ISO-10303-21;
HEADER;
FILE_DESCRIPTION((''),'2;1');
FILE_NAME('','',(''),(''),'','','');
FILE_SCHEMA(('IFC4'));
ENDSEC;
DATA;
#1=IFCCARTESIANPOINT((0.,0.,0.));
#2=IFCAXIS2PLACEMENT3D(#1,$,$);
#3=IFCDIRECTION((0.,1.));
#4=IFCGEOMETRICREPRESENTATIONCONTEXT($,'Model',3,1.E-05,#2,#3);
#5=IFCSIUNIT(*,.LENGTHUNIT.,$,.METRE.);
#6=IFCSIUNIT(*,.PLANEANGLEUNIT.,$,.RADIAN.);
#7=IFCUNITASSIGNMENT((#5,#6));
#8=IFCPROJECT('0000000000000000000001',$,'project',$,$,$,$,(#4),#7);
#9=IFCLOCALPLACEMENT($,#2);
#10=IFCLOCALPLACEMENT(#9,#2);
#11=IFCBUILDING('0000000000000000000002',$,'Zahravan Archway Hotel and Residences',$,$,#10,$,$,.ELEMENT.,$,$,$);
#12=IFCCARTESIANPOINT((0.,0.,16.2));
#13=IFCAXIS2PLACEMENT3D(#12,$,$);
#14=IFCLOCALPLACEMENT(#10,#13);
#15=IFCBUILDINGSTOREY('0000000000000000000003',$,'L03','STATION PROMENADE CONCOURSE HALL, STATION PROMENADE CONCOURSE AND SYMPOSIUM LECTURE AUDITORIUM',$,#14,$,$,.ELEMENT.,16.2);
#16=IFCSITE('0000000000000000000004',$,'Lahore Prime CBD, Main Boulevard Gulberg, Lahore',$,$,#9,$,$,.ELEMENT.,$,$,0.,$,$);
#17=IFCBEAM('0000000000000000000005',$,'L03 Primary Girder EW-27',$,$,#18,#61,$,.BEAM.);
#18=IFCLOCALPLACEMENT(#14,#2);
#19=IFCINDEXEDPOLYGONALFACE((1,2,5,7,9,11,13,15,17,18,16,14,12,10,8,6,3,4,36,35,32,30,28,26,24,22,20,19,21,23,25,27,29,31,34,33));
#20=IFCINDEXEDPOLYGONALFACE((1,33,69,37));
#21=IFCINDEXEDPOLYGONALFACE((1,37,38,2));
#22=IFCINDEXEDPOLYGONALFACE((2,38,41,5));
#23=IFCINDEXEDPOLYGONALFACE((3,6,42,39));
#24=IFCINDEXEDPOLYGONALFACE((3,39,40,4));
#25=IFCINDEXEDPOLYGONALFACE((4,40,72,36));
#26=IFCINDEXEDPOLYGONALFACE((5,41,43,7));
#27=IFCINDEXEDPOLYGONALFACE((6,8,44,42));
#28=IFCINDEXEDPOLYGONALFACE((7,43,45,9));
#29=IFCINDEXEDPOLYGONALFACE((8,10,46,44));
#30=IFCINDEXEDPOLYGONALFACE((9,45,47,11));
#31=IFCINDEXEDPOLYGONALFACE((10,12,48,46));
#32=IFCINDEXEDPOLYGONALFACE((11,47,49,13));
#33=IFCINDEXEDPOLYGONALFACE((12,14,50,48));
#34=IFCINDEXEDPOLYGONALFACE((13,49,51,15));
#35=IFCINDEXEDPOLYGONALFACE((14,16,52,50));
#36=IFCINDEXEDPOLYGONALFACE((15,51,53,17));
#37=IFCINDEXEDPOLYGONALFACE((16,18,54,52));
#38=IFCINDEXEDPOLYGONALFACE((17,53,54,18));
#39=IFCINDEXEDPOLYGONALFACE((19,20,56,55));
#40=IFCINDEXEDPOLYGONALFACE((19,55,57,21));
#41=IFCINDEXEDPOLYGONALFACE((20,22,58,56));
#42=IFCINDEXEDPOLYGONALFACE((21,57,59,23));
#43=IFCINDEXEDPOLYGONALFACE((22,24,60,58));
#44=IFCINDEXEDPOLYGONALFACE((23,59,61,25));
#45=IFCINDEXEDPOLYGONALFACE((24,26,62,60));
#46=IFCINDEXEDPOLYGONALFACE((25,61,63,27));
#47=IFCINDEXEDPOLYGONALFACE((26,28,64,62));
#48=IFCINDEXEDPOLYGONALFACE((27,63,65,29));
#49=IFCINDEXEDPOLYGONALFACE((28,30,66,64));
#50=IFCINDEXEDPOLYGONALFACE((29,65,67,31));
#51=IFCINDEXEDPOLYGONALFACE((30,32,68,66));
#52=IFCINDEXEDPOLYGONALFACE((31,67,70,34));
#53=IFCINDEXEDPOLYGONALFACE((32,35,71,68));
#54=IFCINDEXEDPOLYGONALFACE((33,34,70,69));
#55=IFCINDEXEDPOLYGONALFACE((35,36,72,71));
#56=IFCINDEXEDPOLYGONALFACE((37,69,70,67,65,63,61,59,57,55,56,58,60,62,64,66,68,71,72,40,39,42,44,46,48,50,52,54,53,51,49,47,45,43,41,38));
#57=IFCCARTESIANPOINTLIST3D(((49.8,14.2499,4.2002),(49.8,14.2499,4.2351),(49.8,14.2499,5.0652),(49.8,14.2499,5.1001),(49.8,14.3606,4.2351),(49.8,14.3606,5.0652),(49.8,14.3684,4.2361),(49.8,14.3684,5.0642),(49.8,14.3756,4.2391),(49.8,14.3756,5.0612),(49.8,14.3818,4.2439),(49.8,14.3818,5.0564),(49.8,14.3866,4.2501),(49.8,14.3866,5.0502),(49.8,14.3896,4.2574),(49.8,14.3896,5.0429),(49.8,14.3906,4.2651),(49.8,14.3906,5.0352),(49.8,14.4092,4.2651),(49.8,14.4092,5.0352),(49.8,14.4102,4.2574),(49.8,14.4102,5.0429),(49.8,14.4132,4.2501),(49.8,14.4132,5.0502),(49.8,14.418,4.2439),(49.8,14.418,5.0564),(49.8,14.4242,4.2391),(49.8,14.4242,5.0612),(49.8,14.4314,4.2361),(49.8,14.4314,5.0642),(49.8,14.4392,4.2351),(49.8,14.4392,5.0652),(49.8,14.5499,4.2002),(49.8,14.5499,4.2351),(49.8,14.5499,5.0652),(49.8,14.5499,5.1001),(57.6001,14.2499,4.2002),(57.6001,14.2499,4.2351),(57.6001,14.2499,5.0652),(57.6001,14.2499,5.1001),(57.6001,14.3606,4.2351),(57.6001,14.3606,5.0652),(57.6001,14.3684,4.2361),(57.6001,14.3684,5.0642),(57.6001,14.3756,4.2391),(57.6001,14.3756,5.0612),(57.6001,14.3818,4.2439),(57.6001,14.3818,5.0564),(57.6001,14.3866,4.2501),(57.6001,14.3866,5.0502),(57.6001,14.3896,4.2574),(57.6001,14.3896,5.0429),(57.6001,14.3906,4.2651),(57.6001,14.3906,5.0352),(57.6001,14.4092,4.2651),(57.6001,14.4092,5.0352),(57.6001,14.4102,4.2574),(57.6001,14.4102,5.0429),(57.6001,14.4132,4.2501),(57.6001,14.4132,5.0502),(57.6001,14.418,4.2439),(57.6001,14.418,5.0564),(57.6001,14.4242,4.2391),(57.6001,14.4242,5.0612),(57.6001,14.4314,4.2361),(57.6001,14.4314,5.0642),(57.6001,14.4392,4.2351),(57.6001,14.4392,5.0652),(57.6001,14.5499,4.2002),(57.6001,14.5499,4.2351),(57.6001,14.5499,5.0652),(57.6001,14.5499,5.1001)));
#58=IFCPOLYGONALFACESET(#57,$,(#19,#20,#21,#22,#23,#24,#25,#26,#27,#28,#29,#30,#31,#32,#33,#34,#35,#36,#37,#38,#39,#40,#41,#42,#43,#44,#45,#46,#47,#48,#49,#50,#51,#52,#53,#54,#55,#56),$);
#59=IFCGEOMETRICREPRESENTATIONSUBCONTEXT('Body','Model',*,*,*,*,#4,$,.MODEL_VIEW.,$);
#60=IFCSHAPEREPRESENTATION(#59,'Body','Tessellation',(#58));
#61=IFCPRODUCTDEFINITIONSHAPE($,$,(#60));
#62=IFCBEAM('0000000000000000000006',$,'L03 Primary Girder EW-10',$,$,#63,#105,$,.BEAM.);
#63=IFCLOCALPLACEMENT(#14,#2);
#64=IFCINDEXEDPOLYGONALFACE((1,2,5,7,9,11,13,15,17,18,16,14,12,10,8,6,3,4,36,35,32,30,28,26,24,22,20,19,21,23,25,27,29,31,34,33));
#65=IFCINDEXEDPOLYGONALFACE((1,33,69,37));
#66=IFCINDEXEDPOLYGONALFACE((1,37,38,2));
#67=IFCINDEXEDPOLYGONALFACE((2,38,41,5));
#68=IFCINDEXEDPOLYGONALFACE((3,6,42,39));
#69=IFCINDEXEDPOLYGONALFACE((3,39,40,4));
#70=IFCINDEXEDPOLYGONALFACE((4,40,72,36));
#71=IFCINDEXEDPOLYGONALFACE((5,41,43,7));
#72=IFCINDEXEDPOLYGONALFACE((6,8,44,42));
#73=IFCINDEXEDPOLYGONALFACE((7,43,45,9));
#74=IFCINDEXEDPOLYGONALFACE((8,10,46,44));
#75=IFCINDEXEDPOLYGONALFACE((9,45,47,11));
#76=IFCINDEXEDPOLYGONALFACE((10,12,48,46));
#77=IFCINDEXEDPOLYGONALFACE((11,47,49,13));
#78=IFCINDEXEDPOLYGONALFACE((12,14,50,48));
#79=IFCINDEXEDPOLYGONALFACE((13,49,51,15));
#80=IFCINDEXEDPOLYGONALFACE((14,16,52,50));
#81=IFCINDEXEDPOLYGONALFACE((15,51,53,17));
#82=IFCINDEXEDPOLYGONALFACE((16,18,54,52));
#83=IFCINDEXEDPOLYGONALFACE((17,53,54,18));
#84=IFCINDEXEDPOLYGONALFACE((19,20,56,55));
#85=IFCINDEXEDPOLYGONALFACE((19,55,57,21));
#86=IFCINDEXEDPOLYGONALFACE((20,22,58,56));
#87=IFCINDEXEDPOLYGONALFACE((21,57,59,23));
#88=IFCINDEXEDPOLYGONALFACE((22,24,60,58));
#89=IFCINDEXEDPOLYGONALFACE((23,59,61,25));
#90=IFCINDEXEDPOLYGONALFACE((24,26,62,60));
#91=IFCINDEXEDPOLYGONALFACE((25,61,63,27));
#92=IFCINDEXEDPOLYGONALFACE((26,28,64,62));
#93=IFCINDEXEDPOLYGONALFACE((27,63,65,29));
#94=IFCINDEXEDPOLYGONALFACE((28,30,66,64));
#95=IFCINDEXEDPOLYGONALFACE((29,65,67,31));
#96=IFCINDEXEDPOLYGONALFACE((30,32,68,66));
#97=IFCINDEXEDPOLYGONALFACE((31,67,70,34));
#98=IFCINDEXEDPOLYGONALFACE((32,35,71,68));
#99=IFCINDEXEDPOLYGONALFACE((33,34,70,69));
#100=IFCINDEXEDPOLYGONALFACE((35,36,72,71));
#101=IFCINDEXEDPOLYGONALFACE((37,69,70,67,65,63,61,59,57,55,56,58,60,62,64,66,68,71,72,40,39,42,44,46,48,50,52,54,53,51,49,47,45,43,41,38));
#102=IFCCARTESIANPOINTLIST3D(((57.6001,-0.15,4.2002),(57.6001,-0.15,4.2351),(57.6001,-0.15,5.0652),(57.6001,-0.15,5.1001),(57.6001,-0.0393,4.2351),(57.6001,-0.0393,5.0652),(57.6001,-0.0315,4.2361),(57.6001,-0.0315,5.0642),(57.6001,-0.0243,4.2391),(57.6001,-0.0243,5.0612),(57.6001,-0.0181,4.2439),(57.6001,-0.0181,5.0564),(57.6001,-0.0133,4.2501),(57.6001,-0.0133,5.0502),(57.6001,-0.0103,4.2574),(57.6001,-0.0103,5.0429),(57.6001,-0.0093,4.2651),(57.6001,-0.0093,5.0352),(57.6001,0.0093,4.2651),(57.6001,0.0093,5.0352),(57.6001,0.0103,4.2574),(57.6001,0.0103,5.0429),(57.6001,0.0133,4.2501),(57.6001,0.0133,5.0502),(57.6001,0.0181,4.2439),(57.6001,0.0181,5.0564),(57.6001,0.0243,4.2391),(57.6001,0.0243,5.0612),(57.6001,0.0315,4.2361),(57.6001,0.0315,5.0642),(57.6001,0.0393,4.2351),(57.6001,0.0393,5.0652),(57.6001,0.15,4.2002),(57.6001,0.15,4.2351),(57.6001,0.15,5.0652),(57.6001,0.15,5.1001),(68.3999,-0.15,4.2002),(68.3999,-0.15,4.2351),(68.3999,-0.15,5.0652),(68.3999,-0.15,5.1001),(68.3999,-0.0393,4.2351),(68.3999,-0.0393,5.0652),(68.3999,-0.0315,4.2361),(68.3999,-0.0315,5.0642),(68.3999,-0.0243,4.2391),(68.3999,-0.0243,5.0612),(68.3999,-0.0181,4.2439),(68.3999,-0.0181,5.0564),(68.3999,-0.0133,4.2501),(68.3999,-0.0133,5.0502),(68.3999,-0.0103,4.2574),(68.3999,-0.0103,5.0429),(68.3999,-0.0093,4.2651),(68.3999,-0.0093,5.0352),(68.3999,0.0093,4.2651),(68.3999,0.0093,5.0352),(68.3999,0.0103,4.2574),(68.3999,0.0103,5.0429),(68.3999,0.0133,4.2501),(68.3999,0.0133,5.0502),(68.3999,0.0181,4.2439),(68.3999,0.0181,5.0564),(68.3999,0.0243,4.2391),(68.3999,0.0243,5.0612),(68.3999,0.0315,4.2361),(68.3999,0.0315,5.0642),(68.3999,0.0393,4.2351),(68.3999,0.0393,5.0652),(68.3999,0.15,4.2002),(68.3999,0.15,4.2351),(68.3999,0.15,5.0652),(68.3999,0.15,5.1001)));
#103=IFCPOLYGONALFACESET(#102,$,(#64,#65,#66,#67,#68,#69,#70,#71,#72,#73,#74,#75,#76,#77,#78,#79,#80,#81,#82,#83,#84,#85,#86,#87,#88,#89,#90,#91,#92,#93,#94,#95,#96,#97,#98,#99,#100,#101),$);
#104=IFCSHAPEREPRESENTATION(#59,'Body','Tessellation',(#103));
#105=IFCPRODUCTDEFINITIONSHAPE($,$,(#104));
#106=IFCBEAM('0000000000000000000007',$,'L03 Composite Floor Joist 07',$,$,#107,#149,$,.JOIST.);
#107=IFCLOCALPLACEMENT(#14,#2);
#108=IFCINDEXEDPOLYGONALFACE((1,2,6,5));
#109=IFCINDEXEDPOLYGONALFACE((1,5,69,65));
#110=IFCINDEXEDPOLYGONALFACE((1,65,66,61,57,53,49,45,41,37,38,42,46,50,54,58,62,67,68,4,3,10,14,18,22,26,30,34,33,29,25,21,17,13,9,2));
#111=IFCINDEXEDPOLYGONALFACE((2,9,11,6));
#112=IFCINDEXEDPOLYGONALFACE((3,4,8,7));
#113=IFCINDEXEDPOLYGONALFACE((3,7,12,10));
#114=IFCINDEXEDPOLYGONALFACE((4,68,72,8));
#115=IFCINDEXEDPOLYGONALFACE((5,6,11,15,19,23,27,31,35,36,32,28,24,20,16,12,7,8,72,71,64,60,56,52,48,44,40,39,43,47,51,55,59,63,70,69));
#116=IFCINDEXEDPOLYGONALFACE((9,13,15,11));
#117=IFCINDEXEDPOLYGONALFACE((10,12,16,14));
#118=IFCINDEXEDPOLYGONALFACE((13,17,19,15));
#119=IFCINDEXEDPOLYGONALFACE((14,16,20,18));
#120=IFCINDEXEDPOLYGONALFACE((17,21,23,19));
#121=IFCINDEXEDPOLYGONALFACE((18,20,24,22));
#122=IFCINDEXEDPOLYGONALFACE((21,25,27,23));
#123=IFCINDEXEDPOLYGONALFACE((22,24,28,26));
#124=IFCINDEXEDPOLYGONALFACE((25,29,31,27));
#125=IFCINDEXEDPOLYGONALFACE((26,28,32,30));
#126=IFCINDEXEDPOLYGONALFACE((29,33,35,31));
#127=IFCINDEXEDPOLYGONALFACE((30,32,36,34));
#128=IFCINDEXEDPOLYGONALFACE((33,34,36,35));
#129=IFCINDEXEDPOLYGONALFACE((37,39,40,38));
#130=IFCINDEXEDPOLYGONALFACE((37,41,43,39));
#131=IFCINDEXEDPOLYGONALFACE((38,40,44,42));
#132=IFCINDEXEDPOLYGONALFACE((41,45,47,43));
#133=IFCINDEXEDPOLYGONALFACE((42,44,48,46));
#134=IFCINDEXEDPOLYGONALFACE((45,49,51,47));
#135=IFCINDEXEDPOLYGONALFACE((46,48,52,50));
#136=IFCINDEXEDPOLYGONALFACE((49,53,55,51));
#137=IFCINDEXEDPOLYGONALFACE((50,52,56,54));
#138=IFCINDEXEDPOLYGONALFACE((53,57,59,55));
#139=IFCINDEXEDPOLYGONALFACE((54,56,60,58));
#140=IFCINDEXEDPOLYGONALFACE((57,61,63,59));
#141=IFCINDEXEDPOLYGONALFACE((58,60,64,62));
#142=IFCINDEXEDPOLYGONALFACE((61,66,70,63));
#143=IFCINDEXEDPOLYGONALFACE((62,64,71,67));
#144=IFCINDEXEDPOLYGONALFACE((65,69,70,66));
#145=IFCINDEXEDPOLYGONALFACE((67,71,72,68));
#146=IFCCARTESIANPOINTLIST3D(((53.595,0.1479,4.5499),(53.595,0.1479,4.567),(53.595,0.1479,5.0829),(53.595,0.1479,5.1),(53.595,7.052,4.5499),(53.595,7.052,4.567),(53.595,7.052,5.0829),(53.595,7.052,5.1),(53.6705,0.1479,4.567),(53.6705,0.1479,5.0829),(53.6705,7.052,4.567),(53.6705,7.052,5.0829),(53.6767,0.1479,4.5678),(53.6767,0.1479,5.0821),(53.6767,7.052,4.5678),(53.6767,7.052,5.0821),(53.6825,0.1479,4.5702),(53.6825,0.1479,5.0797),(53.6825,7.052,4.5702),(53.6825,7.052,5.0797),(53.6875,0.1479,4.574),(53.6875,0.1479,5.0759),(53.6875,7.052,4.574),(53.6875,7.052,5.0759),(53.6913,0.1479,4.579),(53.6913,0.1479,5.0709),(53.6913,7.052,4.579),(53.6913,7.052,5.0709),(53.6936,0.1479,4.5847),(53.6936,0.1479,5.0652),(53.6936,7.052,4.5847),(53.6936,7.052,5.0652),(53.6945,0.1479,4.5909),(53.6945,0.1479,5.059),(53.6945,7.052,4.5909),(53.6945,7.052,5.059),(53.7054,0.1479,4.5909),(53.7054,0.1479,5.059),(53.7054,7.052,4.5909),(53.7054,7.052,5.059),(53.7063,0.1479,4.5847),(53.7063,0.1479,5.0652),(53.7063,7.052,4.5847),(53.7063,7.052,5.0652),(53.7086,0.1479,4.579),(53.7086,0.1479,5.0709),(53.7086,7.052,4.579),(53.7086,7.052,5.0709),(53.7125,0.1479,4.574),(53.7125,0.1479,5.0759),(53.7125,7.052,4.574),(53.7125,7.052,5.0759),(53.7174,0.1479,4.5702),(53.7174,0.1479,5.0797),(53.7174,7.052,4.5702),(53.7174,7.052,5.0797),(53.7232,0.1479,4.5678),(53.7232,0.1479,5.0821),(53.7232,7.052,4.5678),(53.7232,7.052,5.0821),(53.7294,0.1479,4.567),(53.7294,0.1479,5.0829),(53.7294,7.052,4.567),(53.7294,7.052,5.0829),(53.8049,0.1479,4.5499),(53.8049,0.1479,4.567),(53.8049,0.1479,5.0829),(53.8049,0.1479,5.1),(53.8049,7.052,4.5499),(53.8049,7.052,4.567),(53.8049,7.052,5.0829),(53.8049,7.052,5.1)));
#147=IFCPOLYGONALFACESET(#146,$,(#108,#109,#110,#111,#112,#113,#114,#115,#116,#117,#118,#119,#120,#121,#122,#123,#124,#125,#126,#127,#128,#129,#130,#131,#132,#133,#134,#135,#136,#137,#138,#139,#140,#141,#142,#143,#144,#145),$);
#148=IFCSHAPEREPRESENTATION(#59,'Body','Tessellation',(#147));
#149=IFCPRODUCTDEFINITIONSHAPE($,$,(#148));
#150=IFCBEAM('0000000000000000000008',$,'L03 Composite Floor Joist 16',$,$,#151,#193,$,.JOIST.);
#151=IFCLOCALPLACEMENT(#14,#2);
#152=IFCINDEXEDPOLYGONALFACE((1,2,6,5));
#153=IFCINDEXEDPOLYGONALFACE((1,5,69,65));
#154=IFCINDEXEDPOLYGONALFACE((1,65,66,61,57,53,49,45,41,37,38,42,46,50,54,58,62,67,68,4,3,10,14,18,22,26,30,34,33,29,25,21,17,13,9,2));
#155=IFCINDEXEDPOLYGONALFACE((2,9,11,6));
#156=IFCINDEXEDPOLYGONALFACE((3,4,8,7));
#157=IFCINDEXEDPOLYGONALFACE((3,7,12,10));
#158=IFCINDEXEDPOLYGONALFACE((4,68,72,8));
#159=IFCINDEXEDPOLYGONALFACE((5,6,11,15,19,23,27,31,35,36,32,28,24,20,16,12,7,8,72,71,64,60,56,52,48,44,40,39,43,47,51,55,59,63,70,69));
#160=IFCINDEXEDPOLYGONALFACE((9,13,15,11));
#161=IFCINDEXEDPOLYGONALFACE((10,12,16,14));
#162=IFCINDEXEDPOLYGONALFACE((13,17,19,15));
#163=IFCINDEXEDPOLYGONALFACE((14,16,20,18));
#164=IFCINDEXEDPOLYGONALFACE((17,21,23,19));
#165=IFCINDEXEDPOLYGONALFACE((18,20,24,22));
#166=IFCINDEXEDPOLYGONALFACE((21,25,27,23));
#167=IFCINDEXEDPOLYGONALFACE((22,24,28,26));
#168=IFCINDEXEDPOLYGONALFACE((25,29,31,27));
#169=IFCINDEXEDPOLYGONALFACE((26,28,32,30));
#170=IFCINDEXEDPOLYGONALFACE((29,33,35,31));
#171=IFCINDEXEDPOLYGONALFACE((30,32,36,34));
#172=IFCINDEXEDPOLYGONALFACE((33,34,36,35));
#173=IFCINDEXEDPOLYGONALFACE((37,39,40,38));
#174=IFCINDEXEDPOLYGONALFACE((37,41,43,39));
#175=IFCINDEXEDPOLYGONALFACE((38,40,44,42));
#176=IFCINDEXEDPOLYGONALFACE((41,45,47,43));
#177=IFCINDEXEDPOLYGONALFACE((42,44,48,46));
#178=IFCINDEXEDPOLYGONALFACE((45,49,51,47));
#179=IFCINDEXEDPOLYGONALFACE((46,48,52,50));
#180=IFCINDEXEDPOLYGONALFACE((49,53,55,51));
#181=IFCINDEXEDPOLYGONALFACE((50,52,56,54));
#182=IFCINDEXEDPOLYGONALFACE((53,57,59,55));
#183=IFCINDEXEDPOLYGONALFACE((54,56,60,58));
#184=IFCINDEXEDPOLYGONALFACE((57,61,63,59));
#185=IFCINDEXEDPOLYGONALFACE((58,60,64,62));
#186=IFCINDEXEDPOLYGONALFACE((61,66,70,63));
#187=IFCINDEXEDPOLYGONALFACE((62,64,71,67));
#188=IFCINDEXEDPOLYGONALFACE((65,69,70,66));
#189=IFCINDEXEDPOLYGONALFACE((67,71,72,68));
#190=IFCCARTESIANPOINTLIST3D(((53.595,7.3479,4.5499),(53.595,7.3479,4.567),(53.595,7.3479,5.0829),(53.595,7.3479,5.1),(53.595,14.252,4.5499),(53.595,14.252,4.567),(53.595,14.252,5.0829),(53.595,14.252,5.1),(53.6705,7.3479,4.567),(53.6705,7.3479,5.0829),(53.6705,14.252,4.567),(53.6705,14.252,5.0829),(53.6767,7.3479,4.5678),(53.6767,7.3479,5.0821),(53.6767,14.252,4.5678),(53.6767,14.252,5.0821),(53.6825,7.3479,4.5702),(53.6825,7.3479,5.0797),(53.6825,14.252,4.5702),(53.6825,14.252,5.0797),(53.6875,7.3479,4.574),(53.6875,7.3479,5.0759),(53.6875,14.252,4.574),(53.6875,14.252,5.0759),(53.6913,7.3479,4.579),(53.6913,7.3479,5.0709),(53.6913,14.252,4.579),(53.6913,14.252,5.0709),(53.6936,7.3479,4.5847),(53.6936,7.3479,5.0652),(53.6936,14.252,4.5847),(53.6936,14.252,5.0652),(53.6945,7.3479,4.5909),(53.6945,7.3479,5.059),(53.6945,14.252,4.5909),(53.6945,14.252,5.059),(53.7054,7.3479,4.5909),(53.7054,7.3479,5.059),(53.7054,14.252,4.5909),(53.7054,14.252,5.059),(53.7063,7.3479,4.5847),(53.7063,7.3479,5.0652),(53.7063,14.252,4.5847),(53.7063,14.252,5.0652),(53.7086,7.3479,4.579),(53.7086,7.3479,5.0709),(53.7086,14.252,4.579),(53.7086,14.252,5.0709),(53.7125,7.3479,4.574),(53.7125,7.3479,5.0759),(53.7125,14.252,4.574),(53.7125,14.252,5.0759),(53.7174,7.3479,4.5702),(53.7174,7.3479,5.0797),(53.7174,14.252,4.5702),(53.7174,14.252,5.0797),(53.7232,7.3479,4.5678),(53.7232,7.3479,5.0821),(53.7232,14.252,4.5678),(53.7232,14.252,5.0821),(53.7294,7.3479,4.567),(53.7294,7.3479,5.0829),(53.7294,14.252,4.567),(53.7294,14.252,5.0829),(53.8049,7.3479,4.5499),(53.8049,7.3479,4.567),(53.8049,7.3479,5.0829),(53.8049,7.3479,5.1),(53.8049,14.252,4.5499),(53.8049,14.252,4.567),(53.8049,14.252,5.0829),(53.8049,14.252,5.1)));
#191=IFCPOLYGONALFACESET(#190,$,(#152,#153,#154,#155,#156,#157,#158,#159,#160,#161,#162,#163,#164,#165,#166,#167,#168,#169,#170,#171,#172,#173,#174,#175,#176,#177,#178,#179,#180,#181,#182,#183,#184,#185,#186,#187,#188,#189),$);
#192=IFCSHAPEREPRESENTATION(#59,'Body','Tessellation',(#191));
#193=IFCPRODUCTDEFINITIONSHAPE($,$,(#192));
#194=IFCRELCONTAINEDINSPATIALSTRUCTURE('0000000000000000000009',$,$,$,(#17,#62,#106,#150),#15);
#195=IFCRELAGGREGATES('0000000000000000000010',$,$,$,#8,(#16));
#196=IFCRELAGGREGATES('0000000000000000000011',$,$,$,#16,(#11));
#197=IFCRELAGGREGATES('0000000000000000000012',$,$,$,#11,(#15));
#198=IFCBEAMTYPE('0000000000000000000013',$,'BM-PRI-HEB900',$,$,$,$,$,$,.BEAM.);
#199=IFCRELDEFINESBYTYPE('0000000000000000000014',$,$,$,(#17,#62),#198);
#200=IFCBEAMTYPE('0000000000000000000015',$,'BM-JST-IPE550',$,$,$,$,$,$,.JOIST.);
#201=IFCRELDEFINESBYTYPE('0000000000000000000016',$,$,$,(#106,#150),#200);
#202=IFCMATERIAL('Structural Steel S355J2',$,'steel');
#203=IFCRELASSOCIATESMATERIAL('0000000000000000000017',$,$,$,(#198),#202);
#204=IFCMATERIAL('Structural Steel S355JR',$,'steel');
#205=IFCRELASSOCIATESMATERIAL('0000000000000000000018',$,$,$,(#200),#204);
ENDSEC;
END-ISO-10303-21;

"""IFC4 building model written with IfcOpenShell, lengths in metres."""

from ifc_helpers import new_model, si_unit, direction, frame, origin, origin_2d, place, context, subcontext, project, spatial, i_section, extrude, source, transform, mapped, material, material_profile, profile_set, type_object, type_shapes, element, save


model = new_model("IFC4")

# Units and contexts
model_context = context("Model", 3, precision=1e-05, world=origin(), true_north=direction((0.0, 1.0)))
body_context = subcontext(model_context, "Body", "Model", "MODEL_VIEW")
ifc_project = project(units=[si_unit("LENGTHUNIT", "METRE"), si_unit("PLANEANGLEUNIT", "RADIAN")], contexts=[model_context])

# Site, building, storey
site_placement = place(None, origin())
site = spatial("IfcSite", under=ifc_project, at=site_placement, Name="Lahore Prime CBD, Main Boulevard Gulberg, Lahore", CompositionType="ELEMENT", RefElevation=0.0)
building_placement = place(site_placement, origin())
building = spatial("IfcBuilding", under=site, at=building_placement, Name="Zahravan Archway Hotel and Residences", CompositionType="ELEMENT")
storey_placement = place(building_placement, frame((0.0, 0.0, 16.2)))
storey = spatial("IfcBuildingStorey", under=building, at=storey_placement, Name="L03", Description="STATION PROMENADE CONCOURSE HALL, STATION PROMENADE CONCOURSE AND SYMPOSIUM LECTURE AUDITORIUM", CompositionType="ELEMENT", Elevation=16.2)

# Beams
ifc_material_1 = material(Name="Structural Steel S355J2", Category="steel")
ifc_material_profile_1 = material_profile(ifc_material_1, i_section(OverallWidth=0.3, OverallDepth=0.8999, WebThickness=0.0186, FlangeThickness=0.0349, FilletRadius=0.03, at=origin_2d()), Name="HEB 900", Category="steel")
ifc_profile_set_1 = profile_set([ifc_material_profile_1], Name="Structural Steel S355J2")
beam_type_1 = type_object("IfcBeamType", Name="BM-PRI-HEB900", PredefinedType="BEAM", material=ifc_profile_set_1)
shared_shape_1 = source(origin(), body_context, "Body", "SweptSolid", [
    extrude(i_section(OverallWidth=0.3, OverallDepth=0.8999, WebThickness=0.0186, FlangeThickness=0.0349, FilletRadius=0.03, at=origin_2d()), origin(), (0.0, 0.0, 1.0), 7.8),
])
for number, where, z_axis, x_axis, name in (
    (1, (49.8, 14.3999, 4.6501), (1.0, 0.0, 0.0), (0.0, 1.0, 0.0), "L03 Primary Girder EW-27"),
):
    element("IfcBeam", number, at=place(storey_placement, frame(where, z_axis=z_axis, x_axis=x_axis)), inside=storey, type_object=beam_type_1, Name=name, PredefinedType="BEAM", context=body_context, shape_type="MappedRepresentation", body=[
        mapped(shared_shape_1, transform((0.0, 0.0, 0.0), scale=1.0)),
    ])
shared_shape_2 = source(origin(), body_context, "Body", "SweptSolid", [
    extrude(i_section(OverallWidth=0.3, OverallDepth=0.8999, WebThickness=0.0186, FlangeThickness=0.0349, FilletRadius=0.03, at=origin_2d()), origin(), (0.0, 0.0, 1.0), 10.7998),
])
beam_1_placement = place(storey_placement, frame((57.6001, 0.0, 4.6501), z_axis=(1.0, 0.0, 0.0), x_axis=(0.0, 1.0, 0.0)))
element("IfcBeam", 2, at=beam_1_placement, inside=storey, type_object=beam_type_1, Name="L03 Primary Girder EW-10", PredefinedType="BEAM", context=body_context, shape_type="MappedRepresentation", body=[
    mapped(shared_shape_2, transform((0.0, 0.0, 0.0), scale=1.0)),
])
ifc_material_2 = material(Name="Structural Steel S355JR", Category="steel")
ifc_material_profile_2 = material_profile(ifc_material_2, i_section(OverallWidth=0.21, OverallDepth=0.55, WebThickness=0.011, FlangeThickness=0.0171, FilletRadius=0.0239, at=origin_2d()), Name="IPE 550", Category="steel")
ifc_profile_set_2 = profile_set([ifc_material_profile_2], Name="Structural Steel S355JR")
beam_type_2 = type_object("IfcBeamType", Name="BM-JST-IPE550", PredefinedType="JOIST", material=ifc_profile_set_2)
shared_shape_3 = source(origin(), body_context, "Body", "SweptSolid", [
    extrude(i_section(OverallWidth=0.21, OverallDepth=0.55, WebThickness=0.011, FlangeThickness=0.0171, FilletRadius=0.0239, at=origin_2d()), origin(), (0.0, 0.0, 1.0), 6.9041),
])
type_shapes(beam_type_2, [shared_shape_3])
for number, where, z_axis, x_axis, name in (
    (3, (53.7, 0.1479, 4.825), (0.0, 1.0, 0.0), (-1.0, 0.0, 0.0), "L03 Composite Floor Joist 07"),
    (4, (53.7, 7.3479, 4.825), (0.0, 1.0, 0.0), (-1.0, 0.0, 0.0), "L03 Composite Floor Joist 16"),
):
    element("IfcBeam", number, at=place(storey_placement, frame(where, z_axis=z_axis, x_axis=x_axis)), inside=storey, type_object=beam_type_2, Name=name, PredefinedType="JOIST", context=body_context, shape_type="MappedRepresentation", body=[
        mapped(shared_shape_3, transform((0.0, 0.0, 0.0), scale=1.0)),
    ])

save(model, "model.ifc")
